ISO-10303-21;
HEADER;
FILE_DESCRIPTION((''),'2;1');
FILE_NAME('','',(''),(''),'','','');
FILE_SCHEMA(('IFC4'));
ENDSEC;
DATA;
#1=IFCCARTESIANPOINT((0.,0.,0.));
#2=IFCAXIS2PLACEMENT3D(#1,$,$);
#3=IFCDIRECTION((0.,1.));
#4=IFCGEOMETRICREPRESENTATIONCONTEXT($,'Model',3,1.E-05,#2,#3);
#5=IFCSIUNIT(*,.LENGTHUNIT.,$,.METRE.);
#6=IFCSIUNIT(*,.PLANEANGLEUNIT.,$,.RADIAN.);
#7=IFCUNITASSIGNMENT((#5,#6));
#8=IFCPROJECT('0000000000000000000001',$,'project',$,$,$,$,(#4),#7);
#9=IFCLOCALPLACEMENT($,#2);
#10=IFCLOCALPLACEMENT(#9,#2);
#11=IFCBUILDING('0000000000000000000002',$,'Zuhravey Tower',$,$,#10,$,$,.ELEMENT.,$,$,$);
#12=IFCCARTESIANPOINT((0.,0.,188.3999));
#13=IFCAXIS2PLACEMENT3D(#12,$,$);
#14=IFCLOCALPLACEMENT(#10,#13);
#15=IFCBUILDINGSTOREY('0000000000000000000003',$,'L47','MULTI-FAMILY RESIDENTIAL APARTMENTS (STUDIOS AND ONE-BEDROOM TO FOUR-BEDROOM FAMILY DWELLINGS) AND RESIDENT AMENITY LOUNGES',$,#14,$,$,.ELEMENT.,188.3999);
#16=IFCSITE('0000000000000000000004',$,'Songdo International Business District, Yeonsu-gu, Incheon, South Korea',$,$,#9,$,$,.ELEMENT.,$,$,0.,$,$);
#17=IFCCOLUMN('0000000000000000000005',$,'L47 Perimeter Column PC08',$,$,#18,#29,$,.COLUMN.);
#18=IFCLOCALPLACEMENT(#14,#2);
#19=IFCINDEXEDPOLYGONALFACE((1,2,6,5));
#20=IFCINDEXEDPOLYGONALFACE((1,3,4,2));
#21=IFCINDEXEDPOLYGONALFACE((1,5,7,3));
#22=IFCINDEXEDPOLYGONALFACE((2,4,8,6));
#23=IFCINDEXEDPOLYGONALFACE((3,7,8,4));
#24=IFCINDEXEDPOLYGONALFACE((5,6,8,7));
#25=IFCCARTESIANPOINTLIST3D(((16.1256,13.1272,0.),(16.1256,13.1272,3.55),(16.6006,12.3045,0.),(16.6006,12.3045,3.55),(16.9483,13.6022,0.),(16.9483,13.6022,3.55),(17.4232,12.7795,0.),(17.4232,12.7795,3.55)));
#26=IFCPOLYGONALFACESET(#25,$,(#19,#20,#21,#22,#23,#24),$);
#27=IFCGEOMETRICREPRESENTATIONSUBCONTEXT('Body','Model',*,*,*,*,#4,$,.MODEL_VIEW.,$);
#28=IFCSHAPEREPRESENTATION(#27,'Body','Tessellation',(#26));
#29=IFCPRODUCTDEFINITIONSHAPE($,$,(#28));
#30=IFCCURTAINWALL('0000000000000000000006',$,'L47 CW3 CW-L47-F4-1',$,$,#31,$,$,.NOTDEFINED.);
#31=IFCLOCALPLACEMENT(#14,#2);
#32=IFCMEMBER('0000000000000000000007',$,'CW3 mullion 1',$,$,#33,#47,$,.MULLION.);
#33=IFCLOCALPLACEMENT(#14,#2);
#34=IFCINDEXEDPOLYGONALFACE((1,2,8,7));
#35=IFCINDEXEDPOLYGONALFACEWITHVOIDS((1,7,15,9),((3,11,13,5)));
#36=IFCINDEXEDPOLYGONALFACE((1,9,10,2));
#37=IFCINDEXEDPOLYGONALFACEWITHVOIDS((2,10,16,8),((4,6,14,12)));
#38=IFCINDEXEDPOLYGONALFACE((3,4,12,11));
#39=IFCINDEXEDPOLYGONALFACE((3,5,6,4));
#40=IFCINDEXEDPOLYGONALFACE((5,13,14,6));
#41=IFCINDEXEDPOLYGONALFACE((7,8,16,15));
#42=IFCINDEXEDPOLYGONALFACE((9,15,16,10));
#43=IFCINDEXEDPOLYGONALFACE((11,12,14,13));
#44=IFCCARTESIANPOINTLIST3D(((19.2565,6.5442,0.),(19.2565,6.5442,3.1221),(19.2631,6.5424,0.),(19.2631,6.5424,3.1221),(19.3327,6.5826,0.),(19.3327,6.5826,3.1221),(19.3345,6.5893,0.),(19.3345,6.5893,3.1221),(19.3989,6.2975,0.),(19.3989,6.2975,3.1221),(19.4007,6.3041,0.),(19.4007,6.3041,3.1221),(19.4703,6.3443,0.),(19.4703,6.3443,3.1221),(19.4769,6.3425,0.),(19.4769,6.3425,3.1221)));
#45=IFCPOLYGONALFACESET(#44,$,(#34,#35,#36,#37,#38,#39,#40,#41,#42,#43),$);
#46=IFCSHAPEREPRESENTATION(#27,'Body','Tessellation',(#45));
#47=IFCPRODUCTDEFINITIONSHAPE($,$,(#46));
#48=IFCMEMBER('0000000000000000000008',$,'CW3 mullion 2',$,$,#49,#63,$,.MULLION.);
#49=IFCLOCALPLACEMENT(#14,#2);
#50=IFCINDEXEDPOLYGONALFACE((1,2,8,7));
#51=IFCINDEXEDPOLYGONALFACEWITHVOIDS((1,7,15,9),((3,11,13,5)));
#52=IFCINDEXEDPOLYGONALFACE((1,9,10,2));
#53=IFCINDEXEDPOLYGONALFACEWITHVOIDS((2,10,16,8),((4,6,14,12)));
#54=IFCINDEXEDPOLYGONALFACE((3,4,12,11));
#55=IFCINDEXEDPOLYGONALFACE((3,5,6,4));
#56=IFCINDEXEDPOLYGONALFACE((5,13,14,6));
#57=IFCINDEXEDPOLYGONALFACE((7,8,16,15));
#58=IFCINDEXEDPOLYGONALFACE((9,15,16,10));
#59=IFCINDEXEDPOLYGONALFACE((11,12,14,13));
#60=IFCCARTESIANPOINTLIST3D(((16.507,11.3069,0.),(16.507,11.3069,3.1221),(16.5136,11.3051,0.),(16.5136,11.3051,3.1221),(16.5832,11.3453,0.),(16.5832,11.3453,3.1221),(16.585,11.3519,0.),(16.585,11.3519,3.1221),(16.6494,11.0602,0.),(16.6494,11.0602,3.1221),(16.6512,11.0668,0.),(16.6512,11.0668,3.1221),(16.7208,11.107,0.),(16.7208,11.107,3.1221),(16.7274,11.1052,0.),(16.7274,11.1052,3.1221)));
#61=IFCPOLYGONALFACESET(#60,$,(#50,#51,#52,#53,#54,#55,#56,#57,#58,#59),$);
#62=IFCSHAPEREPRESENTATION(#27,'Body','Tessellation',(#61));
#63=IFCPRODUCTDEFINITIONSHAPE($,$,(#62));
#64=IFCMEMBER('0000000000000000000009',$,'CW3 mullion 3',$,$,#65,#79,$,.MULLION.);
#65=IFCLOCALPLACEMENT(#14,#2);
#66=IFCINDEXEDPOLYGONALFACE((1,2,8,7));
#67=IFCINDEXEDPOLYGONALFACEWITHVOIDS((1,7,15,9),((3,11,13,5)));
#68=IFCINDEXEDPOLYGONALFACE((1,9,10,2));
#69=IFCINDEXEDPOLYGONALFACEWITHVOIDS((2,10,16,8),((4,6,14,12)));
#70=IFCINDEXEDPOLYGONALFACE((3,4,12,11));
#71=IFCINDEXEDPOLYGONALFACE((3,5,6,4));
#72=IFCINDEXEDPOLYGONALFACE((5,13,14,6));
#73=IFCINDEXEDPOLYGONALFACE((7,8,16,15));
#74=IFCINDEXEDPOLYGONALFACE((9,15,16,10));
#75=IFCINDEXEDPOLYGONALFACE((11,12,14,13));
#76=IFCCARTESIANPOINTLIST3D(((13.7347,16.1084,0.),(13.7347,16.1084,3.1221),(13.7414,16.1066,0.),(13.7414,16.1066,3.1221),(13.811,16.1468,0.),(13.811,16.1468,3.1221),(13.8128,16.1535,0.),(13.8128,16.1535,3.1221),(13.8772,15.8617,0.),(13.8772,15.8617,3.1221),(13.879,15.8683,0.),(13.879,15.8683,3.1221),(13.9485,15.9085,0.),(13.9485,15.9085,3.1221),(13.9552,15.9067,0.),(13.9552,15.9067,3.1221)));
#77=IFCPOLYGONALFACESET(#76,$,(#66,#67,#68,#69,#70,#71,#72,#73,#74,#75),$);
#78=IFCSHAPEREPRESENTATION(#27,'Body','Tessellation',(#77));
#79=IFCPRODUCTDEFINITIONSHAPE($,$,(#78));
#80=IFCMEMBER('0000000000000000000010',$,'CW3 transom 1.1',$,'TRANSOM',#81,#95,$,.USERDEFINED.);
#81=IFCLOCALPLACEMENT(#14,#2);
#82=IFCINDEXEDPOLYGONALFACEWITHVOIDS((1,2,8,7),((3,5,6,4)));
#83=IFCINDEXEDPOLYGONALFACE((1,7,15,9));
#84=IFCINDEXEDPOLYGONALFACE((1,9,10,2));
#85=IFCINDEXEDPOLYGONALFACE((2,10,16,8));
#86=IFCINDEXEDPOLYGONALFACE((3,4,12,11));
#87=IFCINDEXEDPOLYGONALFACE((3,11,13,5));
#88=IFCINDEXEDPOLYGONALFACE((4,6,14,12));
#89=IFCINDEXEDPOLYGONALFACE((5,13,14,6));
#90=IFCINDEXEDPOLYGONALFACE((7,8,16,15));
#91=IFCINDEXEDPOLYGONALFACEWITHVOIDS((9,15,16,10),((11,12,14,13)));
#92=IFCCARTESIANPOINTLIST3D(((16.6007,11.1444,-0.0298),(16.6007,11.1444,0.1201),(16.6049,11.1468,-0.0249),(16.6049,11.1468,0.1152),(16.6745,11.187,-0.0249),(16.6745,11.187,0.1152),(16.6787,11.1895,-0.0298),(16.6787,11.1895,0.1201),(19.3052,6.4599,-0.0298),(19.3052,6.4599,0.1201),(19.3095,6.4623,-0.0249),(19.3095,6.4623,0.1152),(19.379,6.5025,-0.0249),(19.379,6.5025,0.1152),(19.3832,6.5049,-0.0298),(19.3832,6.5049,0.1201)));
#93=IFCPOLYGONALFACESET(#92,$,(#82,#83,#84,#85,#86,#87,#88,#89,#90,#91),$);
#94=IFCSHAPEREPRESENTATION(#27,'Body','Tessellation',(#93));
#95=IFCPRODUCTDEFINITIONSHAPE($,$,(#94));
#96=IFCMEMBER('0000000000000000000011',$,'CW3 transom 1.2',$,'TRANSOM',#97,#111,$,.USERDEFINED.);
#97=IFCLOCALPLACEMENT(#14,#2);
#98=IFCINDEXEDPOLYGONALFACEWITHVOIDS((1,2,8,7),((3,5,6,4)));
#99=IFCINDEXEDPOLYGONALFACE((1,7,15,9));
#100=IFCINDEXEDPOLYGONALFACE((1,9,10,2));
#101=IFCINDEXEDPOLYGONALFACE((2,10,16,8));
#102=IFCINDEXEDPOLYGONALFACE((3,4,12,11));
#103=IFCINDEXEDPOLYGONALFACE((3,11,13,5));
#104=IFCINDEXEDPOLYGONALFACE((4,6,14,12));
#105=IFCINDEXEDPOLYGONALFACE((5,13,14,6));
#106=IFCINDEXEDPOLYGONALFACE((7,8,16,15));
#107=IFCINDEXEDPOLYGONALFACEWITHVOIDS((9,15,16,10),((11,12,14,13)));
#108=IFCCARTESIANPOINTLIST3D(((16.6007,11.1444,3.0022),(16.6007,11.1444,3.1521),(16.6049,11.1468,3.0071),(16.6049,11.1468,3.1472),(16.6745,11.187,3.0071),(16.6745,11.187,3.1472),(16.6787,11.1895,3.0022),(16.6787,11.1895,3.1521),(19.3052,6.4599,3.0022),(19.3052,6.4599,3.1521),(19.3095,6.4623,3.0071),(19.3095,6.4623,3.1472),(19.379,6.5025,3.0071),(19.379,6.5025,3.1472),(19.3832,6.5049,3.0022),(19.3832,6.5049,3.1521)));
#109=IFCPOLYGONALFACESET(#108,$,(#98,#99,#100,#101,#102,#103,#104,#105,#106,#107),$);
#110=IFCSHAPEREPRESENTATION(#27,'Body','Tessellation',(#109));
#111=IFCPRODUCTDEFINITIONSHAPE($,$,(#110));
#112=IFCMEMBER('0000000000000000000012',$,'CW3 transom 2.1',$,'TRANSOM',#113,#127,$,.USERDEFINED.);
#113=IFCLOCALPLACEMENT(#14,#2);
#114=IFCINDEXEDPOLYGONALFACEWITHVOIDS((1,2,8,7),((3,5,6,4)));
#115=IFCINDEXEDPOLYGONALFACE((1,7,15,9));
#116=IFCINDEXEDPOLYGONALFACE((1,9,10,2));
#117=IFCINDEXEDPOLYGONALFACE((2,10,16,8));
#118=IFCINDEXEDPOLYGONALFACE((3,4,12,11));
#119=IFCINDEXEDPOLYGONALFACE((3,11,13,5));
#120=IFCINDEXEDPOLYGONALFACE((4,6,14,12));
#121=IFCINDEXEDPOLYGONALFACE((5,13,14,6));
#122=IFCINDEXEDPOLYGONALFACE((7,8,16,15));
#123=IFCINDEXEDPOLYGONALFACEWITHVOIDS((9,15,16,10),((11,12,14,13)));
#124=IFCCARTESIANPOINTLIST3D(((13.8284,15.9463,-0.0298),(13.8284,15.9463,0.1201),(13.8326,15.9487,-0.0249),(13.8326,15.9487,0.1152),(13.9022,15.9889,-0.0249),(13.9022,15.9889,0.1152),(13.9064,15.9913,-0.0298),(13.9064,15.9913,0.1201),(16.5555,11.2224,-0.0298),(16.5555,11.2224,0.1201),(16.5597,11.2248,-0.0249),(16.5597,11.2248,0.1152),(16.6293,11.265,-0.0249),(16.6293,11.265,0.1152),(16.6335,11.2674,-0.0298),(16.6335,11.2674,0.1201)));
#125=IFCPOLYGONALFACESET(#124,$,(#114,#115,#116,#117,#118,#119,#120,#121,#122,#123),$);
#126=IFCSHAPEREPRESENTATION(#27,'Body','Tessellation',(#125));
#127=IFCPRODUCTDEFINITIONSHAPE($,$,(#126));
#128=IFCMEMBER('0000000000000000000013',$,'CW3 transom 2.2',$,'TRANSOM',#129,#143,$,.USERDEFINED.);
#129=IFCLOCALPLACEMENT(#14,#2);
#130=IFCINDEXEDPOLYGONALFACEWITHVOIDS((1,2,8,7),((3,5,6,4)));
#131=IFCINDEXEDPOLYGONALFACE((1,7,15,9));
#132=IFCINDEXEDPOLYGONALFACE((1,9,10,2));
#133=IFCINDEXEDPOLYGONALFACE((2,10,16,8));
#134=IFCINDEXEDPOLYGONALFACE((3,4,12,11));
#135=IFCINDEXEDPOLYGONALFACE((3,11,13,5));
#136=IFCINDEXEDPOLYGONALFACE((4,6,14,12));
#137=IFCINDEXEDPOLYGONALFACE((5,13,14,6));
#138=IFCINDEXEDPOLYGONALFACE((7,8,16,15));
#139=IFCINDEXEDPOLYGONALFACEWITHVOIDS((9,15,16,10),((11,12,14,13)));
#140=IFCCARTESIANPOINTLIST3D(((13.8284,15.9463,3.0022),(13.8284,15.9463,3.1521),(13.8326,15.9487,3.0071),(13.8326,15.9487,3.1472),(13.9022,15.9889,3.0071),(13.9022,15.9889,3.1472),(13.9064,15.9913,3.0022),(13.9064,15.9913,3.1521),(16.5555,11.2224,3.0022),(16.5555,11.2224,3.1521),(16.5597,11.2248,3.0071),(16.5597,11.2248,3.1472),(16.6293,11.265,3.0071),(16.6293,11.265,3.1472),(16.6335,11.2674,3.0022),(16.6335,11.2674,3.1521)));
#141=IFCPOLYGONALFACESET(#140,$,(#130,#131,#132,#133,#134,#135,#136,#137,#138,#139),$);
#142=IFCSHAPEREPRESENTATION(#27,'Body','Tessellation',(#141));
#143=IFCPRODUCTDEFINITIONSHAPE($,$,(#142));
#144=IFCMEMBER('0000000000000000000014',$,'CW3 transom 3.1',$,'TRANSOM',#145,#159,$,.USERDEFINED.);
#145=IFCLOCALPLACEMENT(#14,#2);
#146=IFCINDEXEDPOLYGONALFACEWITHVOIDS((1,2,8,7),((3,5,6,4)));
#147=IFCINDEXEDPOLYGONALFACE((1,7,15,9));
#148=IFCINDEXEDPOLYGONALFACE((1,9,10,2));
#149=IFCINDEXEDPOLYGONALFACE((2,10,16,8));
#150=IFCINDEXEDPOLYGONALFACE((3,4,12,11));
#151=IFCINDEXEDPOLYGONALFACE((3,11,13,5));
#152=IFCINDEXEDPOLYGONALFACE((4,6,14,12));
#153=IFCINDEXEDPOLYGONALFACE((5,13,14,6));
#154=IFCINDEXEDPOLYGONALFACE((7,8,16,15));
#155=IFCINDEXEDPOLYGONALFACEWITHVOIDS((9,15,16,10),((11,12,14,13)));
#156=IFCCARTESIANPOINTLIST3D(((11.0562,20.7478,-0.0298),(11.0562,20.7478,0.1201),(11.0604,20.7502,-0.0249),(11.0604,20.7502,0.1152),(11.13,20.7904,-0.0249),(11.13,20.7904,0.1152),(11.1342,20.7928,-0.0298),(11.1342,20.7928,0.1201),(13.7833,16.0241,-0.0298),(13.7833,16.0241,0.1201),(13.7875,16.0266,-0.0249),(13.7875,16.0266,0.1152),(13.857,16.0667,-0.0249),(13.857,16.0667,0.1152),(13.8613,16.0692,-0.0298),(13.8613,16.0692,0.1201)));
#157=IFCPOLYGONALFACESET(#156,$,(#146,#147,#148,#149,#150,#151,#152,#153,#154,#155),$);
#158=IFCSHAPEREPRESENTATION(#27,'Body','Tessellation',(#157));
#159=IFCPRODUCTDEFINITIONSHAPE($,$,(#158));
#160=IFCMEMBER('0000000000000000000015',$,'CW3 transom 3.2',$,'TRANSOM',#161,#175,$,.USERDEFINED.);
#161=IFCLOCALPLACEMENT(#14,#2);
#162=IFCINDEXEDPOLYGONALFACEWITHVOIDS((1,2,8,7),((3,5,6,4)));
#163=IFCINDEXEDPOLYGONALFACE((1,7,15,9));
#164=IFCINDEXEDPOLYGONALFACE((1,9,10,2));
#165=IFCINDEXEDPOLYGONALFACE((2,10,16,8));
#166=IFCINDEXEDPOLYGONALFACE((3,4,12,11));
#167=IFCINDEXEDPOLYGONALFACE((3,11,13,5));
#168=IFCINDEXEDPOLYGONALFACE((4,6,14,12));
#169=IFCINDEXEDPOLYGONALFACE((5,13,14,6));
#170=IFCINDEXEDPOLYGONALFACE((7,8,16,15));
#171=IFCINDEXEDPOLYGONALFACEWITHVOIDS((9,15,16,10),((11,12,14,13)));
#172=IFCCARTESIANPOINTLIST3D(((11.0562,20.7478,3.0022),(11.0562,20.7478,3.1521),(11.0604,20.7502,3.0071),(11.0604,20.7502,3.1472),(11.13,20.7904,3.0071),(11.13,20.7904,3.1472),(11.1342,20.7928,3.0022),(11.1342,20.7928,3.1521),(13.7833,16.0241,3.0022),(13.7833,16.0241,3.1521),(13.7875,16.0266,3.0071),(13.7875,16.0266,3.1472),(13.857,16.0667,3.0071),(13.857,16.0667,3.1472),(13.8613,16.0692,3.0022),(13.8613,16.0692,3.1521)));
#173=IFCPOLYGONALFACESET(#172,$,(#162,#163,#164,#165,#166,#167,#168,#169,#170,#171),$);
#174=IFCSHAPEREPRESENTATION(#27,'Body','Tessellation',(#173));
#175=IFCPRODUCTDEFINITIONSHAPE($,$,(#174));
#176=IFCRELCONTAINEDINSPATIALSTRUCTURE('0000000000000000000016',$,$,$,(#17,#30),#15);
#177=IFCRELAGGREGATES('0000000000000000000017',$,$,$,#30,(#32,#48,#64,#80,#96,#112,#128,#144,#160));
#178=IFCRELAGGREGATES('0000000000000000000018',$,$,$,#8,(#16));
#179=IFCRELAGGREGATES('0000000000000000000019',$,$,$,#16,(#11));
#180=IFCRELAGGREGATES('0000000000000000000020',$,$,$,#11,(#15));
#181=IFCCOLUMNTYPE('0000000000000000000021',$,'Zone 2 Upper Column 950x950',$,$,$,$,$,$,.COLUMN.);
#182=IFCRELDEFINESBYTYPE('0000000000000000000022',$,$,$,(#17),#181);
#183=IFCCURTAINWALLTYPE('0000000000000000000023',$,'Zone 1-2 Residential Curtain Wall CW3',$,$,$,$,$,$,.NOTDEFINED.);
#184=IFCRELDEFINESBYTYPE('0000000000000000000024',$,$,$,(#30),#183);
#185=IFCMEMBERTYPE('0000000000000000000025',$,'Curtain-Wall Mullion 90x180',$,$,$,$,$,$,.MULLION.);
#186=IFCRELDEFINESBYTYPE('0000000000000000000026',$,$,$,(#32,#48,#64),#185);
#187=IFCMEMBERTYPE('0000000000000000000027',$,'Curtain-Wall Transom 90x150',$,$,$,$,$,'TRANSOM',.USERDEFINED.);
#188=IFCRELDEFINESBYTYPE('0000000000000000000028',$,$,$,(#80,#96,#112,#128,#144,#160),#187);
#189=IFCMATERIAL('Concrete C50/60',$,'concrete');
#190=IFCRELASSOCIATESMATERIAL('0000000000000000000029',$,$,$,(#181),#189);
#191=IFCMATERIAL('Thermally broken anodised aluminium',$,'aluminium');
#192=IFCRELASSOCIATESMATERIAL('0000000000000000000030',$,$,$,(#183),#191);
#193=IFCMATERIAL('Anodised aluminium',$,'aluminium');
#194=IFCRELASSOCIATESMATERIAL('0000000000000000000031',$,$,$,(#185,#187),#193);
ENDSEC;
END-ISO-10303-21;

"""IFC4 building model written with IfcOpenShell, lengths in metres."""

from ifc_helpers import new_model, si_unit, direction, frame, origin, origin_2d, place, context, subcontext, project, spatial, rectangle, hollow_rectangle, extrude, material, material_profile, profile_set, type_object, element, aggregate, save


model = new_model("IFC4")

# Units and contexts
model_context = context("Model", 3, precision=1e-05, world=origin(), true_north=direction((0.0, 1.0)))
body_context = subcontext(model_context, "Body", "Model", "MODEL_VIEW")
ifc_project = project(units=[si_unit("LENGTHUNIT", "METRE"), si_unit("PLANEANGLEUNIT", "RADIAN")], contexts=[model_context])

# Site, building, storey
site_placement = place(None, origin())
site = spatial("IfcSite", under=ifc_project, at=site_placement, Name="Songdo International Business District, Yeonsu-gu, Incheon, South Korea", CompositionType="ELEMENT", RefElevation=0.0)
building_placement = place(site_placement, origin())
building = spatial("IfcBuilding", under=site, at=building_placement, Name="Zuhravey Tower", CompositionType="ELEMENT")
storey_placement = place(building_placement, frame((0.0, 0.0, 188.3999)))
storey = spatial("IfcBuildingStorey", under=building, at=storey_placement, Name="L47", Description="MULTI-FAMILY RESIDENTIAL APARTMENTS (STUDIOS AND ONE-BEDROOM TO FOUR-BEDROOM FAMILY DWELLINGS) AND RESIDENT AMENITY LOUNGES", CompositionType="ELEMENT", Elevation=188.3999)

# Column
ifc_material_1 = material(Name="Concrete C50/60", Category="concrete")
ifc_material_profile_1 = material_profile(ifc_material_1, rectangle(XDim=0.95, YDim=0.95, at=origin_2d()), Name="RC-950x950")
ifc_profile_set_1 = profile_set([ifc_material_profile_1], Name="Concrete C50/60")
column_type = type_object("IfcColumnType", Name="Zone 2 Upper Column 950x950", PredefinedType="COLUMN", material=ifc_profile_set_1)
column_placement = place(storey_placement, frame((16.7744, 12.9534, 0.0), z_axis=(0.0, 0.0, 1.0), x_axis=(0.5, -0.866025, 0.0)))
element("IfcColumn", 1, at=column_placement, inside=storey, type_object=column_type, Name="L47 Perimeter Column PC08", PredefinedType="COLUMN", context=body_context, shape_type="SweptSolid", body=[
    extrude(rectangle(XDim=0.95, YDim=0.95, at=origin_2d()), origin(), (0.0, 0.0, 1.0), 3.55),
])

# Curtain wall, members
ifc_material_2 = material(Name="Thermally broken anodised aluminium", Category="aluminium")
curtain_wall_type = type_object("IfcCurtainWallType", Name="Zone 1-2 Residential Curtain Wall CW3", PredefinedType="NOTDEFINED", material=ifc_material_2)
curtain_wall_placement = place(storey_placement, origin())
curtain_wall = element("IfcCurtainWall", 2, at=curtain_wall_placement, inside=storey, type_object=curtain_wall_type, Name="L47 CW3 CW-L47-F4-1", PredefinedType="NOTDEFINED")
ifc_material_3 = material(Name="Anodised aluminium", Category="aluminium")
ifc_material_profile_2 = material_profile(ifc_material_3, hollow_rectangle(XDim=0.0901, YDim=0.2849, WallThickness=0.0049, at=origin_2d()), Name="ALU-RHS-90x285x5")
ifc_profile_set_2 = profile_set([ifc_material_profile_2], Name="Anodised aluminium")
member_type_1 = type_object("IfcMemberType", Name="Curtain-Wall Mullion 90x180", PredefinedType="MULLION", material=ifc_profile_set_2)
member_1_placement = place(storey_placement, frame((19.3667, 6.4434, 0.0), z_axis=(0.0, 0.0, 1.0), x_axis=(-0.866025, -0.5, 0.0)))
member_1 = element("IfcMember", 3, at=member_1_placement, type_object=member_type_1, Name="CW3 mullion 1", PredefinedType="MULLION", context=body_context, shape_type="SweptSolid", body=[
    extrude(hollow_rectangle(XDim=0.0901, YDim=0.2849, WallThickness=0.0049, at=origin_2d()), origin(), (0.0, 0.0, 1.0), 3.1221),
])
member_2_placement = place(storey_placement, frame((16.6172, 11.2061, 0.0), z_axis=(0.0, 0.0, 1.0), x_axis=(-0.866025, -0.5, 0.0)))
member_2 = element("IfcMember", 4, at=member_2_placement, type_object=member_type_1, Name="CW3 mullion 2", PredefinedType="MULLION", context=body_context, shape_type="SweptSolid", body=[
    extrude(hollow_rectangle(XDim=0.0901, YDim=0.2849, WallThickness=0.0049, at=origin_2d()), origin(), (0.0, 0.0, 1.0), 3.1221),
])
member_3_placement = place(storey_placement, frame((13.845, 16.0076, 0.0), z_axis=(0.0, 0.0, 1.0), x_axis=(-0.866025, -0.5, 0.0)))
member_3 = element("IfcMember", 5, at=member_3_placement, type_object=member_type_1, Name="CW3 mullion 3", PredefinedType="MULLION", context=body_context, shape_type="SweptSolid", body=[
    extrude(hollow_rectangle(XDim=0.0901, YDim=0.2849, WallThickness=0.0049, at=origin_2d()), origin(), (0.0, 0.0, 1.0), 3.1221),
])
ifc_material_profile_3 = material_profile(ifc_material_3, hollow_rectangle(XDim=0.0901, YDim=0.1499, WallThickness=0.0049, at=origin_2d()), Name="ALU-RHS-90x150x5")
ifc_profile_set_3 = profile_set([ifc_material_profile_3], Name="Anodised aluminium")
member_type_2 = type_object("IfcMemberType", Name="Curtain-Wall Transom 90x150", ElementType="TRANSOM", PredefinedType="USERDEFINED", material=ifc_profile_set_3)
member_4_placement = place(storey_placement, frame((19.3442, 6.4824, 0.0452), z_axis=(-0.499993, 0.866029, 0.0), x_axis=(-0.866029, -0.499993, 0.0)))
member_4 = element("IfcMember", 6, at=member_4_placement, type_object=member_type_2, Name="CW3 transom 1.1", ObjectType="TRANSOM", PredefinedType="USERDEFINED", context=body_context, shape_type="SweptSolid", body=[
    extrude(hollow_rectangle(XDim=0.0901, YDim=0.1499, WallThickness=0.0049, at=origin_2d()), origin(), (0.0, 0.0, 1.0), 5.4092),
])
member_5_placement = place(storey_placement, frame((19.3442, 6.4824, 3.0771), z_axis=(-0.499993, 0.866029, 0.0), x_axis=(-0.866029, -0.499993, 0.0)))
member_5 = element("IfcMember", 7, at=member_5_placement, type_object=member_type_2, Name="CW3 transom 1.2", ObjectType="TRANSOM", PredefinedType="USERDEFINED", context=body_context, shape_type="SweptSolid", body=[
    extrude(hollow_rectangle(XDim=0.0901, YDim=0.1499, WallThickness=0.0049, at=origin_2d()), origin(), (0.0, 0.0, 1.0), 5.4092),
])
member_6_placement = place(storey_placement, frame((16.5945, 11.2449, 0.0452), z_axis=(-0.499961, 0.866048, 0.0), x_axis=(-0.866048, -0.499961, 0.0)))
member_6 = element("IfcMember", 8, at=member_6_placement, type_object=member_type_2, Name="CW3 transom 2.1", ObjectType="TRANSOM", PredefinedType="USERDEFINED", context=body_context, shape_type="SweptSolid", body=[
    extrude(hollow_rectangle(XDim=0.0901, YDim=0.1499, WallThickness=0.0049, at=origin_2d()), origin(), (0.0, 0.0, 1.0), 5.4546),
])
member_7_placement = place(storey_placement, frame((16.5945, 11.2449, 3.0771), z_axis=(-0.499961, 0.866048, 0.0), x_axis=(-0.866048, -0.499961, 0.0)))
member_7 = element("IfcMember", 9, at=member_7_placement, type_object=member_type_2, Name="CW3 transom 2.2", ObjectType="TRANSOM", PredefinedType="USERDEFINED", context=body_context, shape_type="SweptSolid", body=[
    extrude(hollow_rectangle(XDim=0.0901, YDim=0.1499, WallThickness=0.0049, at=origin_2d()), origin(), (0.0, 0.0, 1.0), 5.4546),
])
member_8_placement = place(storey_placement, frame((13.8223, 16.0466, 0.0452), z_axis=(-0.499981, 0.866037, 0.0), x_axis=(-0.866037, -0.499981, 0.0)))
member_8 = element("IfcMember", 10, at=member_8_placement, type_object=member_type_2, Name="CW3 transom 3.1", ObjectType="TRANSOM", PredefinedType="USERDEFINED", context=body_context, shape_type="SweptSolid", body=[
    extrude(hollow_rectangle(XDim=0.0901, YDim=0.1499, WallThickness=0.0049, at=origin_2d()), origin(), (0.0, 0.0, 1.0), 5.4543),
])
member_9_placement = place(storey_placement, frame((13.8223, 16.0466, 3.0771), z_axis=(-0.499981, 0.866037, 0.0), x_axis=(-0.866037, -0.499981, 0.0)))
member_9 = element("IfcMember", 11, at=member_9_placement, type_object=member_type_2, Name="CW3 transom 3.2", ObjectType="TRANSOM", PredefinedType="USERDEFINED", context=body_context, shape_type="SweptSolid", body=[
    extrude(hollow_rectangle(XDim=0.0901, YDim=0.1499, WallThickness=0.0049, at=origin_2d()), origin(), (0.0, 0.0, 1.0), 5.4543),
])

aggregate(curtain_wall, [member_1, member_2, member_3, member_4, member_5, member_6, member_7, member_8, member_9])

save(model, "model.ifc")
